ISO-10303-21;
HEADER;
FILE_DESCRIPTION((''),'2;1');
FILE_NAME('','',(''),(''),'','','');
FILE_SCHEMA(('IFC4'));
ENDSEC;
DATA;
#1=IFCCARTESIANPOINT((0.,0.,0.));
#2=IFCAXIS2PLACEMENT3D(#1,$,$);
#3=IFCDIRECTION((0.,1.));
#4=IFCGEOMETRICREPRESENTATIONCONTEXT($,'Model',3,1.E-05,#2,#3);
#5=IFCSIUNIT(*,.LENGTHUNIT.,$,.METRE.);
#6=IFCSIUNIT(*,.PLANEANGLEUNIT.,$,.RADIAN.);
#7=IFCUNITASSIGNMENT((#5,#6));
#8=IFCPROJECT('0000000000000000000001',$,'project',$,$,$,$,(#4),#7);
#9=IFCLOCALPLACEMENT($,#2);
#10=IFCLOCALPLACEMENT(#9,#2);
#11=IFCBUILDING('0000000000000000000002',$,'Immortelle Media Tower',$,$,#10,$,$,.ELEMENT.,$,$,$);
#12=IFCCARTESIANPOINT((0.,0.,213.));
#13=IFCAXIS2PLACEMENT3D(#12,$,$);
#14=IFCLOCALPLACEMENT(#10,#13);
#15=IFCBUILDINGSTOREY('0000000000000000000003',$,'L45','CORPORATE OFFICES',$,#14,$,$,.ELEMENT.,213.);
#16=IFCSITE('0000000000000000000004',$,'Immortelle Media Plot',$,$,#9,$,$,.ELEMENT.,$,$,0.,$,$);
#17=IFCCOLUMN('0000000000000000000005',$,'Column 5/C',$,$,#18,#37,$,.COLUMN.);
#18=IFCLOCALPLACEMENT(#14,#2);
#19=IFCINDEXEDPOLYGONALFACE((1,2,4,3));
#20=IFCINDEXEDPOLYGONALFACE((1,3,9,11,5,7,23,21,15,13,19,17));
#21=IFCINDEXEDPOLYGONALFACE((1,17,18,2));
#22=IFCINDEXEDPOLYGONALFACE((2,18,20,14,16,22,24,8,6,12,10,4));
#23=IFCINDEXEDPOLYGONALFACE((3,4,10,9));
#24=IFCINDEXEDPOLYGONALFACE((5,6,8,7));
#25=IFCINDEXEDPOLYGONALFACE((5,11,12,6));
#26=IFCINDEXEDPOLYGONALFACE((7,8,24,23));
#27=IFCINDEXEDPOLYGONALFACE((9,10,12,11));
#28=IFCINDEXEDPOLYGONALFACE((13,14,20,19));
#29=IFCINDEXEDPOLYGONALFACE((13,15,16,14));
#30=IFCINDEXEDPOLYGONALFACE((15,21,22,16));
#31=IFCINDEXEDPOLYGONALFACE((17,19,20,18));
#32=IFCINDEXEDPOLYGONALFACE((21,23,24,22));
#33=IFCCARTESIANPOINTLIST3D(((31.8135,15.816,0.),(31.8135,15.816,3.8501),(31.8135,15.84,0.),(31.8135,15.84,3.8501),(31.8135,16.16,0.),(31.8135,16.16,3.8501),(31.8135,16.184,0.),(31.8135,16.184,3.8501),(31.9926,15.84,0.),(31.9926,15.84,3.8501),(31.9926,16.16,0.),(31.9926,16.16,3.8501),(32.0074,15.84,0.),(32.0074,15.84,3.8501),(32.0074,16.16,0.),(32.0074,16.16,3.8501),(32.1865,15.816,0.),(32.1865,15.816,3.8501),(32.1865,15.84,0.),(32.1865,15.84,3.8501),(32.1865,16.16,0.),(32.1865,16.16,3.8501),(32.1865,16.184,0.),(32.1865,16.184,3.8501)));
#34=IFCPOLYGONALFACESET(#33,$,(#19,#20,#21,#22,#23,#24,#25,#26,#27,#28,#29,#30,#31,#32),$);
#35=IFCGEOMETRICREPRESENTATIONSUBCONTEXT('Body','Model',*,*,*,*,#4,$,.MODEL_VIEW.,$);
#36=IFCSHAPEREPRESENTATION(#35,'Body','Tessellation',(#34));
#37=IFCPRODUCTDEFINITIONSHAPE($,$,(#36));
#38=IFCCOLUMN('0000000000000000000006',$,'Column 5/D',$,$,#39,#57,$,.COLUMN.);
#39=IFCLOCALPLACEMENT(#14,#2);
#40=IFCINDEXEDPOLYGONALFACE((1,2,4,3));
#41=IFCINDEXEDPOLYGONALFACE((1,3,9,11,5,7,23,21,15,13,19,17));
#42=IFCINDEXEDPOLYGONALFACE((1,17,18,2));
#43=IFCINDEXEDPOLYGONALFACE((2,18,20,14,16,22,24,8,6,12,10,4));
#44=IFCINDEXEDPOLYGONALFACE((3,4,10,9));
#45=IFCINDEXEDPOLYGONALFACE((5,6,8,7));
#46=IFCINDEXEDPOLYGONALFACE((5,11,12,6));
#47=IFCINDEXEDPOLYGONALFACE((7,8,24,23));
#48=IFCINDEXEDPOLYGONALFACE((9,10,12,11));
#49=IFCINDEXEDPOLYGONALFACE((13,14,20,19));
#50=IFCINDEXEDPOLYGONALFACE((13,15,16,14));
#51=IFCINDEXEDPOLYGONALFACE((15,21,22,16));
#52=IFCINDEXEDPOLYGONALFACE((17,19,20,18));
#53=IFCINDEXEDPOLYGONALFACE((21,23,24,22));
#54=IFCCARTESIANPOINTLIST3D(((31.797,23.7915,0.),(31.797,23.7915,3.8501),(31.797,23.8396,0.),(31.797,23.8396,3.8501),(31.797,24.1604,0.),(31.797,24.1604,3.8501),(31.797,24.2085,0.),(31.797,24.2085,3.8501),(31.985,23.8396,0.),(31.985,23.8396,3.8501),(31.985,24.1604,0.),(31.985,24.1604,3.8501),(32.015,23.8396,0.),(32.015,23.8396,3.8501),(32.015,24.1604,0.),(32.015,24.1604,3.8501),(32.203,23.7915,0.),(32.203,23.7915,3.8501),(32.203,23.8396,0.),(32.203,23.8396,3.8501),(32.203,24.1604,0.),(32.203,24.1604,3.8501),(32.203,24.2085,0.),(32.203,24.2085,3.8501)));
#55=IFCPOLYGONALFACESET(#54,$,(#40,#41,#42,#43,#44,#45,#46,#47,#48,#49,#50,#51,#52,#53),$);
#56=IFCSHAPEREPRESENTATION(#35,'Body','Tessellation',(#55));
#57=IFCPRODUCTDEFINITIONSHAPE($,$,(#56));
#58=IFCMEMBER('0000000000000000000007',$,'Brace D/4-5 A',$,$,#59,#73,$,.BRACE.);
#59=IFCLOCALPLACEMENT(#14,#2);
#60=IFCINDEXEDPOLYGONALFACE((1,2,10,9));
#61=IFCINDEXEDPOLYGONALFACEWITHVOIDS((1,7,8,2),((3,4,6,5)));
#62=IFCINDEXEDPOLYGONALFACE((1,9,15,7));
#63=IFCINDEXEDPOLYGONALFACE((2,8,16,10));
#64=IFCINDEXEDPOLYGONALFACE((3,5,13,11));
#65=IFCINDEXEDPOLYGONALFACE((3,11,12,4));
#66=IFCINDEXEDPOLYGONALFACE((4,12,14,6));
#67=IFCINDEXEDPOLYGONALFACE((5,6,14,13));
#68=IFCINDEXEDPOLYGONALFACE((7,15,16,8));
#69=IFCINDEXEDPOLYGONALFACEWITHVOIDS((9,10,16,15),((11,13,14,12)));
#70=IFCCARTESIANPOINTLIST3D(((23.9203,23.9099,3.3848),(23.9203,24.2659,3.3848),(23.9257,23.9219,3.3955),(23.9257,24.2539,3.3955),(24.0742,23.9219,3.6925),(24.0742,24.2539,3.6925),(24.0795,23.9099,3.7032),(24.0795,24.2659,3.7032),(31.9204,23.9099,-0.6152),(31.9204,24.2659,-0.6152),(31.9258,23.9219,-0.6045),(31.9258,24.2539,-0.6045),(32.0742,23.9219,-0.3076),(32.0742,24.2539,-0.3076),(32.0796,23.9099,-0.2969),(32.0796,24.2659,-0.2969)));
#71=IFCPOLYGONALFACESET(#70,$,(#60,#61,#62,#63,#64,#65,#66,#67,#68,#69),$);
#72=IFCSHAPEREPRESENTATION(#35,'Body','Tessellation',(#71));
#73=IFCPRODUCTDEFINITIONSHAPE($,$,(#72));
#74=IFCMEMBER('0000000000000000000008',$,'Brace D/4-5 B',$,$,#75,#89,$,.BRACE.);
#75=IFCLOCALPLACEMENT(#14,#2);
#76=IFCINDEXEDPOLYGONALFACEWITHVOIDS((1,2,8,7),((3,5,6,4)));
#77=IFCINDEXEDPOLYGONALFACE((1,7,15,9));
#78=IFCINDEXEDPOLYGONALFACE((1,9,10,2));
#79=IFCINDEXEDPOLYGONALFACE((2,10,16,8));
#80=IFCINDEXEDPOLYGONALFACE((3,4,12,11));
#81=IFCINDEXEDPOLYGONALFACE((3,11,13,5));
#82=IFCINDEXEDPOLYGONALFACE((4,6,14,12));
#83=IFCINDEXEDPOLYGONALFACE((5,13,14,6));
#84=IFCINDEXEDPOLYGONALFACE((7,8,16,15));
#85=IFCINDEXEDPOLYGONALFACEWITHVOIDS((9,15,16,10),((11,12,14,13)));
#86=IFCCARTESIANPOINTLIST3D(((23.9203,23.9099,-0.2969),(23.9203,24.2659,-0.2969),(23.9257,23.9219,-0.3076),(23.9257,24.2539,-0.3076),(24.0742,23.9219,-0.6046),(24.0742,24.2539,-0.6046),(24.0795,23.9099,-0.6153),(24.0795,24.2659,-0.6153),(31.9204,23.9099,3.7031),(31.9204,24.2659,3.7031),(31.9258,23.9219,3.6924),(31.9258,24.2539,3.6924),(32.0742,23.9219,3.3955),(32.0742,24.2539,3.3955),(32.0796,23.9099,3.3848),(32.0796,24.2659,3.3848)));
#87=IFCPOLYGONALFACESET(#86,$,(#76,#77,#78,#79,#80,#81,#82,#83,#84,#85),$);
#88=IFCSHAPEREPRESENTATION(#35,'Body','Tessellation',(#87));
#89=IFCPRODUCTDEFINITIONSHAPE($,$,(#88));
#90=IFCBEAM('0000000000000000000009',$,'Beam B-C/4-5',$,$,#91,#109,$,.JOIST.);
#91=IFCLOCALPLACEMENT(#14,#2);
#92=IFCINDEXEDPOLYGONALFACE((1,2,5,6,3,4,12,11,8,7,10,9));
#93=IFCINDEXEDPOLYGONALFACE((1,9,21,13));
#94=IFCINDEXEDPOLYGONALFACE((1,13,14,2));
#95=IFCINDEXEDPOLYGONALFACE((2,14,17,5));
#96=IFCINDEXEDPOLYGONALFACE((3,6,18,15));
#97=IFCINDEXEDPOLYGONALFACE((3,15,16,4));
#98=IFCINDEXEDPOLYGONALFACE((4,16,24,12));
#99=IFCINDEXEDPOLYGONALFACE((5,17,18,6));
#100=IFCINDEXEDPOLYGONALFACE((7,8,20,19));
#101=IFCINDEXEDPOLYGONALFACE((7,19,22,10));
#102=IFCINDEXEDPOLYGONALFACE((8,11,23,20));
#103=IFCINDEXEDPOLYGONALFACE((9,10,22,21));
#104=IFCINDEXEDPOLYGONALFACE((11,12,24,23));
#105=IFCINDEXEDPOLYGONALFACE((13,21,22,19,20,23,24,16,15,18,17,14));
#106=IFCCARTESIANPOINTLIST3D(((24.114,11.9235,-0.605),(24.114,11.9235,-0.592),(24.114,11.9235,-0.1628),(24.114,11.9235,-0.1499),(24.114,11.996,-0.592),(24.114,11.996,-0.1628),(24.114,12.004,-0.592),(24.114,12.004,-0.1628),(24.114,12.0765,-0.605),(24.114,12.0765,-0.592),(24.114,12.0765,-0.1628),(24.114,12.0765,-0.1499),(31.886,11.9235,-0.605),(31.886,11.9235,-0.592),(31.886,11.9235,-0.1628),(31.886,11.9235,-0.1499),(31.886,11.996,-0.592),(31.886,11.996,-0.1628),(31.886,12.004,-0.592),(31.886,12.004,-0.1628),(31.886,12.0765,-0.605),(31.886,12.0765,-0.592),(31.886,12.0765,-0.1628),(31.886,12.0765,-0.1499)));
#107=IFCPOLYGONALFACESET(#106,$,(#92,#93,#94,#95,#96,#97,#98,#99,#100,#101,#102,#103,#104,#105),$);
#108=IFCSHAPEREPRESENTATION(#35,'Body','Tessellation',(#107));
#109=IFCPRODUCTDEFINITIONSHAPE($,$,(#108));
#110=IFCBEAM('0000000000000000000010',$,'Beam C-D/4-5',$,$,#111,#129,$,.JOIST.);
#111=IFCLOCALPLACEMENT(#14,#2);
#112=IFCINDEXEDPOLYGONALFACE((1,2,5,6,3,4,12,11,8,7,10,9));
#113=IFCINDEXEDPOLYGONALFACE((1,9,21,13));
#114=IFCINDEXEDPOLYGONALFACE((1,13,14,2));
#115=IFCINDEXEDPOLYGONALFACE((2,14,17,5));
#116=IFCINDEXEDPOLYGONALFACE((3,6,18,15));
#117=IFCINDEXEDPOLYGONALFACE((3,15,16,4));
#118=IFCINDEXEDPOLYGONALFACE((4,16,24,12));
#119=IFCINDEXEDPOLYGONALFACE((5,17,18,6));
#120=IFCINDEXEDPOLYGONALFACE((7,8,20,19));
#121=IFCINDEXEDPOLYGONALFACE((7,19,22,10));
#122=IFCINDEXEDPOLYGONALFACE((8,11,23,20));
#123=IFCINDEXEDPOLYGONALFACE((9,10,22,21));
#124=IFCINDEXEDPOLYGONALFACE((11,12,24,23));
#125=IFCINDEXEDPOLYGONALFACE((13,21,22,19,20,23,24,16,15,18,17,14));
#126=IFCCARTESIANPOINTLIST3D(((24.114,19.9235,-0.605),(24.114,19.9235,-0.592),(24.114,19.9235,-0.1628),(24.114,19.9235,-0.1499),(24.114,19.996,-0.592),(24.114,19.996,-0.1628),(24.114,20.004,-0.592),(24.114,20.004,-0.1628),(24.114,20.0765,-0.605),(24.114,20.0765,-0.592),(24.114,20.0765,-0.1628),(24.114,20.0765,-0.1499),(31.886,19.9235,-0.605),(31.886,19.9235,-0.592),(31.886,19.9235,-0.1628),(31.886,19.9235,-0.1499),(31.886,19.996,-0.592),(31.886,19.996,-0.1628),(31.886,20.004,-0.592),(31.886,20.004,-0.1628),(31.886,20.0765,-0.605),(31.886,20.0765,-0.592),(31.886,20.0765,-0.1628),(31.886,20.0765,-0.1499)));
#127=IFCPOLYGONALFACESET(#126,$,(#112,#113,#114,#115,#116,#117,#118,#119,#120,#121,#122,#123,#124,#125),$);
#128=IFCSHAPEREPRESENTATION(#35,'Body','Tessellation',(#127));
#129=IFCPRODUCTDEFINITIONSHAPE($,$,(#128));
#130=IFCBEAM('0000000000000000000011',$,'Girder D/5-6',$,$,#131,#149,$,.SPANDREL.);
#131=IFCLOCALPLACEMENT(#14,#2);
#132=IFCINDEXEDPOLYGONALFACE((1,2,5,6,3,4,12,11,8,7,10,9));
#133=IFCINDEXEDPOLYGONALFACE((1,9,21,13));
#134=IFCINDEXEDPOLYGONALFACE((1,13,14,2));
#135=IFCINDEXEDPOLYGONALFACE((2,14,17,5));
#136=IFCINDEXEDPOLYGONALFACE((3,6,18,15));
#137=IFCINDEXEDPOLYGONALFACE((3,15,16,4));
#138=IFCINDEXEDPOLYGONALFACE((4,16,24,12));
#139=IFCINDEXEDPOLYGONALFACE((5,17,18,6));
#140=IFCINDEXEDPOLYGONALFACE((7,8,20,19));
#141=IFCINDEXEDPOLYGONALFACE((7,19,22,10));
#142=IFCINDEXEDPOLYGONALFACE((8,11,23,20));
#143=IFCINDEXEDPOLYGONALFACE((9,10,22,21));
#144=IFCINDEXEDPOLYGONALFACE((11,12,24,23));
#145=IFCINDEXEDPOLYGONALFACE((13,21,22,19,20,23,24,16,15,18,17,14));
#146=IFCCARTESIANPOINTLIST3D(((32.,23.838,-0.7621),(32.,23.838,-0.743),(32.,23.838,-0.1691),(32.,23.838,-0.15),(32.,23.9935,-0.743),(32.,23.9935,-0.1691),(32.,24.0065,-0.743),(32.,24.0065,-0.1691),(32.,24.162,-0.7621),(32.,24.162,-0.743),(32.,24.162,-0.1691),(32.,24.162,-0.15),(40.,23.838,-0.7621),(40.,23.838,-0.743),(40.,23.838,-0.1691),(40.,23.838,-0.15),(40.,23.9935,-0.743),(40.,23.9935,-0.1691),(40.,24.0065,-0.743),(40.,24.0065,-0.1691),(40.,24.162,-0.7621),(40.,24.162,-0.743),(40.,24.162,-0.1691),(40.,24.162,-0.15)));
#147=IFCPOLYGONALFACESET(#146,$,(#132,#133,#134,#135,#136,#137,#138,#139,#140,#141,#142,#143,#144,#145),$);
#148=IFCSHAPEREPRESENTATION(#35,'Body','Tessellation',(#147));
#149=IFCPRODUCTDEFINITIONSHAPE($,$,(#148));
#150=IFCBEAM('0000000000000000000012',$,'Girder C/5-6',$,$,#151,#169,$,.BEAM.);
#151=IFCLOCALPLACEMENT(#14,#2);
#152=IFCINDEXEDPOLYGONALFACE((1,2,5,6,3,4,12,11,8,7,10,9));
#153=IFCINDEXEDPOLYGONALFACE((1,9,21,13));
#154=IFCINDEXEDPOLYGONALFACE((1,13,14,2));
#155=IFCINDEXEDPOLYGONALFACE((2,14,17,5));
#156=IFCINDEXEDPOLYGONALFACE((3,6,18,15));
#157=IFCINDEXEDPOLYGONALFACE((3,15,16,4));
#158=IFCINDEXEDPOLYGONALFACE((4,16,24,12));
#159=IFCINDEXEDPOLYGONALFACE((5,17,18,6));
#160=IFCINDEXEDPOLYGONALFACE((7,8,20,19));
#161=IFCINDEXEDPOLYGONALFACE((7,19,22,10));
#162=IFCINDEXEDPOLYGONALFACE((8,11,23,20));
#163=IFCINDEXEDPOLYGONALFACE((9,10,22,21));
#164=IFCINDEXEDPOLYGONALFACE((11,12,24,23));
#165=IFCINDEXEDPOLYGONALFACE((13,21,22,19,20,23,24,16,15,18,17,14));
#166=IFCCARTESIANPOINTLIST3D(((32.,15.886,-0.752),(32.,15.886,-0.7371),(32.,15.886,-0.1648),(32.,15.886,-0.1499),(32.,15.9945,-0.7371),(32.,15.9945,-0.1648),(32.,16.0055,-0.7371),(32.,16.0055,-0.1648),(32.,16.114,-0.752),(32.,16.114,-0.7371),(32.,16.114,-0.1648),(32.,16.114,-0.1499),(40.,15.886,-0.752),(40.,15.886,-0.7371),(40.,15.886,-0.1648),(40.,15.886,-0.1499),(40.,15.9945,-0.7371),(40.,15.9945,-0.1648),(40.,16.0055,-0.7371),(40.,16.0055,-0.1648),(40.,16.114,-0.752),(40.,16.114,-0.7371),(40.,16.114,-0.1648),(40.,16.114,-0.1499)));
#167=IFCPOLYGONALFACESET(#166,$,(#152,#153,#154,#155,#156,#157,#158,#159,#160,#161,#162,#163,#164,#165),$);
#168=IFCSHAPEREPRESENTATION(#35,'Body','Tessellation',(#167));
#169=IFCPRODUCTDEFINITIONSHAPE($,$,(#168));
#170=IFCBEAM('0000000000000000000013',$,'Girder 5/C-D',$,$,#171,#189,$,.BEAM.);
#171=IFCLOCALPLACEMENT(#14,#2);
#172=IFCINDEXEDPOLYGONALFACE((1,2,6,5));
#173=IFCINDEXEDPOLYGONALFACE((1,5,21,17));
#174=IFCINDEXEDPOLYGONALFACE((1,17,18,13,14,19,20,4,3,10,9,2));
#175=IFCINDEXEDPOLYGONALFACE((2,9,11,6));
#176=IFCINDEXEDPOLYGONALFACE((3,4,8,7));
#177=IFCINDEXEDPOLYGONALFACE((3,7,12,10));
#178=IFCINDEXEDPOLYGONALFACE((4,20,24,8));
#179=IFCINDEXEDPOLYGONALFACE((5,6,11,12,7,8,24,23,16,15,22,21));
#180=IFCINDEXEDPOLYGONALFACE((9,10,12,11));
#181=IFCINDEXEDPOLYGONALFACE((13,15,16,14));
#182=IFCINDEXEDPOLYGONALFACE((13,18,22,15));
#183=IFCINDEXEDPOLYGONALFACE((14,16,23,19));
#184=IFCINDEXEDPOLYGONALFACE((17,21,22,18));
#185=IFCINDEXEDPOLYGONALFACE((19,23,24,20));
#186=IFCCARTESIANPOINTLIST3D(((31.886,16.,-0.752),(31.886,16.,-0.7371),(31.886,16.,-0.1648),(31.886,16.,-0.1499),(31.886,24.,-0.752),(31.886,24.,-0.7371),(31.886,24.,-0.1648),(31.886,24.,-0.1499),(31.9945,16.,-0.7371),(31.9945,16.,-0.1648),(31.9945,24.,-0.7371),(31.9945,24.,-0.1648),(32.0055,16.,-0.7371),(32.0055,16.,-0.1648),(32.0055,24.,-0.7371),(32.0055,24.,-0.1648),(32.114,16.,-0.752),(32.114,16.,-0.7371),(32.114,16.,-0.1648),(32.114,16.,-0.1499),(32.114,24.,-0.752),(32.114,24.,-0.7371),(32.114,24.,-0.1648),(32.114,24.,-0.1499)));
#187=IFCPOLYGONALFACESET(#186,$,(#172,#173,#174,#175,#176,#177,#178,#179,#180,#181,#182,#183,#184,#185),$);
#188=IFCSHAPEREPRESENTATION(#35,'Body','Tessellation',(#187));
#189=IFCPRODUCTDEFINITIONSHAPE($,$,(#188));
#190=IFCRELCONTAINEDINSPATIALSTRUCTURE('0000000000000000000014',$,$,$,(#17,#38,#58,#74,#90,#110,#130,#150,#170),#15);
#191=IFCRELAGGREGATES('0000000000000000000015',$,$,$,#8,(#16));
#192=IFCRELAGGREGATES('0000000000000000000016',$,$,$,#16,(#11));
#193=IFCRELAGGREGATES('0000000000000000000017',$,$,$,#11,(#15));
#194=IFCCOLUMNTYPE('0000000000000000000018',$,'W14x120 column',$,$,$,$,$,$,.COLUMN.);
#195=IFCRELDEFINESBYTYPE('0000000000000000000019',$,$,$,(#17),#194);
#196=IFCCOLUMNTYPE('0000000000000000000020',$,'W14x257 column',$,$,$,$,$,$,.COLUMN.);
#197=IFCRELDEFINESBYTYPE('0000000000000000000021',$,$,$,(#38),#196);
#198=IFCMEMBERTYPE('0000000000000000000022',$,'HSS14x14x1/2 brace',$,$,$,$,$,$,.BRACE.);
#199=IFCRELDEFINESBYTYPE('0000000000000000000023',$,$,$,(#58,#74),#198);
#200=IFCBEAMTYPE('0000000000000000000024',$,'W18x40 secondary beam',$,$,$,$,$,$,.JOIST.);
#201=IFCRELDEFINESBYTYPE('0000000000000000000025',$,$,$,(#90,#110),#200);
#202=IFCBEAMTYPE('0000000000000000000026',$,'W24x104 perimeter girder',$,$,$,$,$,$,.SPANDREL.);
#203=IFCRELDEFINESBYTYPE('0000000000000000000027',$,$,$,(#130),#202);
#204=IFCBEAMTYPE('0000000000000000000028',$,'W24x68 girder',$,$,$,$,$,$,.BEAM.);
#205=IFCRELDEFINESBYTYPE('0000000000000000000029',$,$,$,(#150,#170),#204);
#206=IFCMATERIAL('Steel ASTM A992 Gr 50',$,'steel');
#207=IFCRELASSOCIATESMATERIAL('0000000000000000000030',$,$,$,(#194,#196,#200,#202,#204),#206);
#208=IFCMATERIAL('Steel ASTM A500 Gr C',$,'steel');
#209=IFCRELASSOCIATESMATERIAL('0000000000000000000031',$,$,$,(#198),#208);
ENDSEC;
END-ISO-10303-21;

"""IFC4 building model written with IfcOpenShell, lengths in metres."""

from ifc_helpers import new_model, si_unit, direction, frame, origin, origin_2d, place, context, subcontext, project, spatial, hollow_rectangle, i_section, extrude, material, material_profile, profile_set, type_object, element, save


model = new_model("IFC4")

# Units and contexts
model_context = context("Model", 3, precision=1e-05, world=origin(), true_north=direction((0.0, 1.0)))
body_context = subcontext(model_context, "Body", "Model", "MODEL_VIEW")
ifc_project = project(units=[si_unit("LENGTHUNIT", "METRE"), si_unit("PLANEANGLEUNIT", "RADIAN")], contexts=[model_context])

# Site, building, storey
site_placement = place(None, origin())
site = spatial("IfcSite", under=ifc_project, at=site_placement, Name="Immortelle Media Plot", CompositionType="ELEMENT", RefElevation=0.0)
building_placement = place(site_placement, origin())
building = spatial("IfcBuilding", under=site, at=building_placement, Name="Immortelle Media Tower", CompositionType="ELEMENT")
storey_placement = place(building_placement, frame((0.0, 0.0, 213.0)))
storey = spatial("IfcBuildingStorey", under=building, at=storey_placement, Name="L45", Description="CORPORATE OFFICES", CompositionType="ELEMENT", Elevation=213.0)

# Columns
ifc_material_1 = material(Name="Steel ASTM A992 Gr 50", Category="steel")
ifc_material_profile_1 = material_profile(ifc_material_1, i_section(OverallWidth=0.373, OverallDepth=0.3679, WebThickness=0.0149, FlangeThickness=0.0239, at=origin_2d()), Name="W14x120")
ifc_profile_set_1 = profile_set([ifc_material_profile_1], Name="Steel ASTM A992 Gr 50")
column_type_1 = type_object("IfcColumnType", Name="W14x120 column", PredefinedType="COLUMN", material=ifc_profile_set_1)
column_1_placement = place(storey_placement, frame((32.0, 16.0, 0.0), z_axis=(0.0, 0.0, 1.0), x_axis=(1.0, 0.0, 0.0)))
element("IfcColumn", 1, at=column_1_placement, inside=storey, type_object=column_type_1, Name="Column 5/C", PredefinedType="COLUMN", context=body_context, shape_type="SweptSolid", body=[
    extrude(i_section(OverallWidth=0.373, OverallDepth=0.3679, WebThickness=0.0149, FlangeThickness=0.0239, at=origin_2d()), origin(), (0.0, 0.0, 1.0), 3.8501),
])
ifc_material_profile_2 = material_profile(ifc_material_1, i_section(OverallWidth=0.406, OverallDepth=0.417, WebThickness=0.03, FlangeThickness=0.0481, at=origin_2d()), Name="W14x257")
ifc_profile_set_2 = profile_set([ifc_material_profile_2], Name="Steel ASTM A992 Gr 50")
column_type_2 = type_object("IfcColumnType", Name="W14x257 column", PredefinedType="COLUMN", material=ifc_profile_set_2)
column_2_placement = place(storey_placement, frame((32.0, 24.0, 0.0), z_axis=(0.0, 0.0, 1.0), x_axis=(1.0, 0.0, 0.0)))
element("IfcColumn", 2, at=column_2_placement, inside=storey, type_object=column_type_2, Name="Column 5/D", PredefinedType="COLUMN", context=body_context, shape_type="SweptSolid", body=[
    extrude(i_section(OverallWidth=0.406, OverallDepth=0.417, WebThickness=0.03, FlangeThickness=0.0481, at=origin_2d()), origin(), (0.0, 0.0, 1.0), 3.8501),
])

# Members
ifc_material_2 = material(Name="Steel ASTM A500 Gr C", Category="steel")
ifc_material_profile_3 = material_profile(ifc_material_2, hollow_rectangle(XDim=0.356, YDim=0.356, WallThickness=0.012, at=origin_2d()), Name="HSS14x14x1/2 brace")
ifc_profile_set_3 = profile_set([ifc_material_profile_3], Name="Steel ASTM A500 Gr C")
member_type = type_object("IfcMemberType", Name="HSS14x14x1/2 brace", PredefinedType="BRACE", material=ifc_profile_set_3)
for number, where, z_axis, x_axis, name in (
    (3, (32.0, 24.0879, -0.4561), (-0.894427, 0.0, 0.447214), (0.0, -1.0, 0.0), "Brace D/4-5 A"),
    (4, (32.0, 24.0879, 3.5439), (-0.894427, 0.0, -0.447214), (0.0, -1.0, 0.0), "Brace D/4-5 B"),
):
    element("IfcMember", number, at=place(storey_placement, frame(where, z_axis=z_axis, x_axis=x_axis)), inside=storey, type_object=member_type, Name=name, PredefinedType="BRACE", context=body_context, shape_type="SweptSolid", body=[
        extrude(hollow_rectangle(XDim=0.356, YDim=0.356, WallThickness=0.012, at=origin_2d()), origin(), (0.0, 0.0, 1.0), 8.9443),
    ])

# Beams
ifc_material_profile_4 = material_profile(ifc_material_1, i_section(OverallWidth=0.1531, OverallDepth=0.4551, WebThickness=0.0081, FlangeThickness=0.0129, at=origin_2d()), Name="W18x40")
ifc_profile_set_4 = profile_set([ifc_material_profile_4], Name="Steel ASTM A992 Gr 50")
beam_type_1 = type_object("IfcBeamType", Name="W18x40 secondary beam", PredefinedType="JOIST", material=ifc_profile_set_4)
for number, where, z_axis, x_axis, name in (
    (5, (24.114, 12.0, -0.3774), (1.0, 0.0, 0.0), (0.0, 1.0, 0.0), "Beam B-C/4-5"),
    (6, (24.114, 20.0, -0.3774), (1.0, 0.0, 0.0), (0.0, 1.0, 0.0), "Beam C-D/4-5"),
):
    element("IfcBeam", number, at=place(storey_placement, frame(where, z_axis=z_axis, x_axis=x_axis)), inside=storey, type_object=beam_type_1, Name=name, PredefinedType="JOIST", context=body_context, shape_type="SweptSolid", body=[
        extrude(i_section(OverallWidth=0.1531, OverallDepth=0.4551, WebThickness=0.0081, FlangeThickness=0.0129, at=origin_2d()), origin(), (0.0, 0.0, 1.0), 7.772),
    ])
ifc_material_profile_5 = material_profile(ifc_material_1, i_section(OverallWidth=0.324, OverallDepth=0.6121, WebThickness=0.0129, FlangeThickness=0.019, at=origin_2d()), Name="W24x104")
ifc_profile_set_5 = profile_set([ifc_material_profile_5], Name="Steel ASTM A992 Gr 50")
beam_type_2 = type_object("IfcBeamType", Name="W24x104 perimeter girder", PredefinedType="SPANDREL", material=ifc_profile_set_5)
beam_placement = place(storey_placement, frame((32.0, 24.0, -0.4561), z_axis=(1.0, 0.0, 0.0), x_axis=(0.0, 1.0, 0.0)))
element("IfcBeam", 7, at=beam_placement, inside=storey, type_object=beam_type_2, Name="Girder D/5-6", PredefinedType="SPANDREL", context=body_context, shape_type="SweptSolid", body=[
    extrude(i_section(OverallWidth=0.324, OverallDepth=0.6121, WebThickness=0.0129, FlangeThickness=0.019, at=origin_2d()), origin(), (0.0, 0.0, 1.0), 8.0),
])
ifc_material_profile_6 = material_profile(ifc_material_1, i_section(OverallWidth=0.228, OverallDepth=0.6021, WebThickness=0.011, FlangeThickness=0.0149, at=origin_2d()), Name="W24x68")
ifc_profile_set_6 = profile_set([ifc_material_profile_6], Name="Steel ASTM A992 Gr 50")
beam_type_3 = type_object("IfcBeamType", Name="W24x68 girder", PredefinedType="BEAM", material=ifc_profile_set_6)
for number, where, z_axis, x_axis, name in (
    (8, (32.0, 16.0, -0.4509), (1.0, 0.0, 0.0), (0.0, 1.0, 0.0), "Girder C/5-6"),
    (9, (32.0, 16.0, -0.4509), (0.0, 1.0, 0.0), (-1.0, 0.0, 0.0), "Girder 5/C-D"),
):
    element("IfcBeam", number, at=place(storey_placement, frame(where, z_axis=z_axis, x_axis=x_axis)), inside=storey, type_object=beam_type_3, Name=name, PredefinedType="BEAM", context=body_context, shape_type="SweptSolid", body=[
        extrude(i_section(OverallWidth=0.228, OverallDepth=0.6021, WebThickness=0.011, FlangeThickness=0.0149, at=origin_2d()), origin(), (0.0, 0.0, 1.0), 8.0),
    ])

save(model, "model.ifc")
